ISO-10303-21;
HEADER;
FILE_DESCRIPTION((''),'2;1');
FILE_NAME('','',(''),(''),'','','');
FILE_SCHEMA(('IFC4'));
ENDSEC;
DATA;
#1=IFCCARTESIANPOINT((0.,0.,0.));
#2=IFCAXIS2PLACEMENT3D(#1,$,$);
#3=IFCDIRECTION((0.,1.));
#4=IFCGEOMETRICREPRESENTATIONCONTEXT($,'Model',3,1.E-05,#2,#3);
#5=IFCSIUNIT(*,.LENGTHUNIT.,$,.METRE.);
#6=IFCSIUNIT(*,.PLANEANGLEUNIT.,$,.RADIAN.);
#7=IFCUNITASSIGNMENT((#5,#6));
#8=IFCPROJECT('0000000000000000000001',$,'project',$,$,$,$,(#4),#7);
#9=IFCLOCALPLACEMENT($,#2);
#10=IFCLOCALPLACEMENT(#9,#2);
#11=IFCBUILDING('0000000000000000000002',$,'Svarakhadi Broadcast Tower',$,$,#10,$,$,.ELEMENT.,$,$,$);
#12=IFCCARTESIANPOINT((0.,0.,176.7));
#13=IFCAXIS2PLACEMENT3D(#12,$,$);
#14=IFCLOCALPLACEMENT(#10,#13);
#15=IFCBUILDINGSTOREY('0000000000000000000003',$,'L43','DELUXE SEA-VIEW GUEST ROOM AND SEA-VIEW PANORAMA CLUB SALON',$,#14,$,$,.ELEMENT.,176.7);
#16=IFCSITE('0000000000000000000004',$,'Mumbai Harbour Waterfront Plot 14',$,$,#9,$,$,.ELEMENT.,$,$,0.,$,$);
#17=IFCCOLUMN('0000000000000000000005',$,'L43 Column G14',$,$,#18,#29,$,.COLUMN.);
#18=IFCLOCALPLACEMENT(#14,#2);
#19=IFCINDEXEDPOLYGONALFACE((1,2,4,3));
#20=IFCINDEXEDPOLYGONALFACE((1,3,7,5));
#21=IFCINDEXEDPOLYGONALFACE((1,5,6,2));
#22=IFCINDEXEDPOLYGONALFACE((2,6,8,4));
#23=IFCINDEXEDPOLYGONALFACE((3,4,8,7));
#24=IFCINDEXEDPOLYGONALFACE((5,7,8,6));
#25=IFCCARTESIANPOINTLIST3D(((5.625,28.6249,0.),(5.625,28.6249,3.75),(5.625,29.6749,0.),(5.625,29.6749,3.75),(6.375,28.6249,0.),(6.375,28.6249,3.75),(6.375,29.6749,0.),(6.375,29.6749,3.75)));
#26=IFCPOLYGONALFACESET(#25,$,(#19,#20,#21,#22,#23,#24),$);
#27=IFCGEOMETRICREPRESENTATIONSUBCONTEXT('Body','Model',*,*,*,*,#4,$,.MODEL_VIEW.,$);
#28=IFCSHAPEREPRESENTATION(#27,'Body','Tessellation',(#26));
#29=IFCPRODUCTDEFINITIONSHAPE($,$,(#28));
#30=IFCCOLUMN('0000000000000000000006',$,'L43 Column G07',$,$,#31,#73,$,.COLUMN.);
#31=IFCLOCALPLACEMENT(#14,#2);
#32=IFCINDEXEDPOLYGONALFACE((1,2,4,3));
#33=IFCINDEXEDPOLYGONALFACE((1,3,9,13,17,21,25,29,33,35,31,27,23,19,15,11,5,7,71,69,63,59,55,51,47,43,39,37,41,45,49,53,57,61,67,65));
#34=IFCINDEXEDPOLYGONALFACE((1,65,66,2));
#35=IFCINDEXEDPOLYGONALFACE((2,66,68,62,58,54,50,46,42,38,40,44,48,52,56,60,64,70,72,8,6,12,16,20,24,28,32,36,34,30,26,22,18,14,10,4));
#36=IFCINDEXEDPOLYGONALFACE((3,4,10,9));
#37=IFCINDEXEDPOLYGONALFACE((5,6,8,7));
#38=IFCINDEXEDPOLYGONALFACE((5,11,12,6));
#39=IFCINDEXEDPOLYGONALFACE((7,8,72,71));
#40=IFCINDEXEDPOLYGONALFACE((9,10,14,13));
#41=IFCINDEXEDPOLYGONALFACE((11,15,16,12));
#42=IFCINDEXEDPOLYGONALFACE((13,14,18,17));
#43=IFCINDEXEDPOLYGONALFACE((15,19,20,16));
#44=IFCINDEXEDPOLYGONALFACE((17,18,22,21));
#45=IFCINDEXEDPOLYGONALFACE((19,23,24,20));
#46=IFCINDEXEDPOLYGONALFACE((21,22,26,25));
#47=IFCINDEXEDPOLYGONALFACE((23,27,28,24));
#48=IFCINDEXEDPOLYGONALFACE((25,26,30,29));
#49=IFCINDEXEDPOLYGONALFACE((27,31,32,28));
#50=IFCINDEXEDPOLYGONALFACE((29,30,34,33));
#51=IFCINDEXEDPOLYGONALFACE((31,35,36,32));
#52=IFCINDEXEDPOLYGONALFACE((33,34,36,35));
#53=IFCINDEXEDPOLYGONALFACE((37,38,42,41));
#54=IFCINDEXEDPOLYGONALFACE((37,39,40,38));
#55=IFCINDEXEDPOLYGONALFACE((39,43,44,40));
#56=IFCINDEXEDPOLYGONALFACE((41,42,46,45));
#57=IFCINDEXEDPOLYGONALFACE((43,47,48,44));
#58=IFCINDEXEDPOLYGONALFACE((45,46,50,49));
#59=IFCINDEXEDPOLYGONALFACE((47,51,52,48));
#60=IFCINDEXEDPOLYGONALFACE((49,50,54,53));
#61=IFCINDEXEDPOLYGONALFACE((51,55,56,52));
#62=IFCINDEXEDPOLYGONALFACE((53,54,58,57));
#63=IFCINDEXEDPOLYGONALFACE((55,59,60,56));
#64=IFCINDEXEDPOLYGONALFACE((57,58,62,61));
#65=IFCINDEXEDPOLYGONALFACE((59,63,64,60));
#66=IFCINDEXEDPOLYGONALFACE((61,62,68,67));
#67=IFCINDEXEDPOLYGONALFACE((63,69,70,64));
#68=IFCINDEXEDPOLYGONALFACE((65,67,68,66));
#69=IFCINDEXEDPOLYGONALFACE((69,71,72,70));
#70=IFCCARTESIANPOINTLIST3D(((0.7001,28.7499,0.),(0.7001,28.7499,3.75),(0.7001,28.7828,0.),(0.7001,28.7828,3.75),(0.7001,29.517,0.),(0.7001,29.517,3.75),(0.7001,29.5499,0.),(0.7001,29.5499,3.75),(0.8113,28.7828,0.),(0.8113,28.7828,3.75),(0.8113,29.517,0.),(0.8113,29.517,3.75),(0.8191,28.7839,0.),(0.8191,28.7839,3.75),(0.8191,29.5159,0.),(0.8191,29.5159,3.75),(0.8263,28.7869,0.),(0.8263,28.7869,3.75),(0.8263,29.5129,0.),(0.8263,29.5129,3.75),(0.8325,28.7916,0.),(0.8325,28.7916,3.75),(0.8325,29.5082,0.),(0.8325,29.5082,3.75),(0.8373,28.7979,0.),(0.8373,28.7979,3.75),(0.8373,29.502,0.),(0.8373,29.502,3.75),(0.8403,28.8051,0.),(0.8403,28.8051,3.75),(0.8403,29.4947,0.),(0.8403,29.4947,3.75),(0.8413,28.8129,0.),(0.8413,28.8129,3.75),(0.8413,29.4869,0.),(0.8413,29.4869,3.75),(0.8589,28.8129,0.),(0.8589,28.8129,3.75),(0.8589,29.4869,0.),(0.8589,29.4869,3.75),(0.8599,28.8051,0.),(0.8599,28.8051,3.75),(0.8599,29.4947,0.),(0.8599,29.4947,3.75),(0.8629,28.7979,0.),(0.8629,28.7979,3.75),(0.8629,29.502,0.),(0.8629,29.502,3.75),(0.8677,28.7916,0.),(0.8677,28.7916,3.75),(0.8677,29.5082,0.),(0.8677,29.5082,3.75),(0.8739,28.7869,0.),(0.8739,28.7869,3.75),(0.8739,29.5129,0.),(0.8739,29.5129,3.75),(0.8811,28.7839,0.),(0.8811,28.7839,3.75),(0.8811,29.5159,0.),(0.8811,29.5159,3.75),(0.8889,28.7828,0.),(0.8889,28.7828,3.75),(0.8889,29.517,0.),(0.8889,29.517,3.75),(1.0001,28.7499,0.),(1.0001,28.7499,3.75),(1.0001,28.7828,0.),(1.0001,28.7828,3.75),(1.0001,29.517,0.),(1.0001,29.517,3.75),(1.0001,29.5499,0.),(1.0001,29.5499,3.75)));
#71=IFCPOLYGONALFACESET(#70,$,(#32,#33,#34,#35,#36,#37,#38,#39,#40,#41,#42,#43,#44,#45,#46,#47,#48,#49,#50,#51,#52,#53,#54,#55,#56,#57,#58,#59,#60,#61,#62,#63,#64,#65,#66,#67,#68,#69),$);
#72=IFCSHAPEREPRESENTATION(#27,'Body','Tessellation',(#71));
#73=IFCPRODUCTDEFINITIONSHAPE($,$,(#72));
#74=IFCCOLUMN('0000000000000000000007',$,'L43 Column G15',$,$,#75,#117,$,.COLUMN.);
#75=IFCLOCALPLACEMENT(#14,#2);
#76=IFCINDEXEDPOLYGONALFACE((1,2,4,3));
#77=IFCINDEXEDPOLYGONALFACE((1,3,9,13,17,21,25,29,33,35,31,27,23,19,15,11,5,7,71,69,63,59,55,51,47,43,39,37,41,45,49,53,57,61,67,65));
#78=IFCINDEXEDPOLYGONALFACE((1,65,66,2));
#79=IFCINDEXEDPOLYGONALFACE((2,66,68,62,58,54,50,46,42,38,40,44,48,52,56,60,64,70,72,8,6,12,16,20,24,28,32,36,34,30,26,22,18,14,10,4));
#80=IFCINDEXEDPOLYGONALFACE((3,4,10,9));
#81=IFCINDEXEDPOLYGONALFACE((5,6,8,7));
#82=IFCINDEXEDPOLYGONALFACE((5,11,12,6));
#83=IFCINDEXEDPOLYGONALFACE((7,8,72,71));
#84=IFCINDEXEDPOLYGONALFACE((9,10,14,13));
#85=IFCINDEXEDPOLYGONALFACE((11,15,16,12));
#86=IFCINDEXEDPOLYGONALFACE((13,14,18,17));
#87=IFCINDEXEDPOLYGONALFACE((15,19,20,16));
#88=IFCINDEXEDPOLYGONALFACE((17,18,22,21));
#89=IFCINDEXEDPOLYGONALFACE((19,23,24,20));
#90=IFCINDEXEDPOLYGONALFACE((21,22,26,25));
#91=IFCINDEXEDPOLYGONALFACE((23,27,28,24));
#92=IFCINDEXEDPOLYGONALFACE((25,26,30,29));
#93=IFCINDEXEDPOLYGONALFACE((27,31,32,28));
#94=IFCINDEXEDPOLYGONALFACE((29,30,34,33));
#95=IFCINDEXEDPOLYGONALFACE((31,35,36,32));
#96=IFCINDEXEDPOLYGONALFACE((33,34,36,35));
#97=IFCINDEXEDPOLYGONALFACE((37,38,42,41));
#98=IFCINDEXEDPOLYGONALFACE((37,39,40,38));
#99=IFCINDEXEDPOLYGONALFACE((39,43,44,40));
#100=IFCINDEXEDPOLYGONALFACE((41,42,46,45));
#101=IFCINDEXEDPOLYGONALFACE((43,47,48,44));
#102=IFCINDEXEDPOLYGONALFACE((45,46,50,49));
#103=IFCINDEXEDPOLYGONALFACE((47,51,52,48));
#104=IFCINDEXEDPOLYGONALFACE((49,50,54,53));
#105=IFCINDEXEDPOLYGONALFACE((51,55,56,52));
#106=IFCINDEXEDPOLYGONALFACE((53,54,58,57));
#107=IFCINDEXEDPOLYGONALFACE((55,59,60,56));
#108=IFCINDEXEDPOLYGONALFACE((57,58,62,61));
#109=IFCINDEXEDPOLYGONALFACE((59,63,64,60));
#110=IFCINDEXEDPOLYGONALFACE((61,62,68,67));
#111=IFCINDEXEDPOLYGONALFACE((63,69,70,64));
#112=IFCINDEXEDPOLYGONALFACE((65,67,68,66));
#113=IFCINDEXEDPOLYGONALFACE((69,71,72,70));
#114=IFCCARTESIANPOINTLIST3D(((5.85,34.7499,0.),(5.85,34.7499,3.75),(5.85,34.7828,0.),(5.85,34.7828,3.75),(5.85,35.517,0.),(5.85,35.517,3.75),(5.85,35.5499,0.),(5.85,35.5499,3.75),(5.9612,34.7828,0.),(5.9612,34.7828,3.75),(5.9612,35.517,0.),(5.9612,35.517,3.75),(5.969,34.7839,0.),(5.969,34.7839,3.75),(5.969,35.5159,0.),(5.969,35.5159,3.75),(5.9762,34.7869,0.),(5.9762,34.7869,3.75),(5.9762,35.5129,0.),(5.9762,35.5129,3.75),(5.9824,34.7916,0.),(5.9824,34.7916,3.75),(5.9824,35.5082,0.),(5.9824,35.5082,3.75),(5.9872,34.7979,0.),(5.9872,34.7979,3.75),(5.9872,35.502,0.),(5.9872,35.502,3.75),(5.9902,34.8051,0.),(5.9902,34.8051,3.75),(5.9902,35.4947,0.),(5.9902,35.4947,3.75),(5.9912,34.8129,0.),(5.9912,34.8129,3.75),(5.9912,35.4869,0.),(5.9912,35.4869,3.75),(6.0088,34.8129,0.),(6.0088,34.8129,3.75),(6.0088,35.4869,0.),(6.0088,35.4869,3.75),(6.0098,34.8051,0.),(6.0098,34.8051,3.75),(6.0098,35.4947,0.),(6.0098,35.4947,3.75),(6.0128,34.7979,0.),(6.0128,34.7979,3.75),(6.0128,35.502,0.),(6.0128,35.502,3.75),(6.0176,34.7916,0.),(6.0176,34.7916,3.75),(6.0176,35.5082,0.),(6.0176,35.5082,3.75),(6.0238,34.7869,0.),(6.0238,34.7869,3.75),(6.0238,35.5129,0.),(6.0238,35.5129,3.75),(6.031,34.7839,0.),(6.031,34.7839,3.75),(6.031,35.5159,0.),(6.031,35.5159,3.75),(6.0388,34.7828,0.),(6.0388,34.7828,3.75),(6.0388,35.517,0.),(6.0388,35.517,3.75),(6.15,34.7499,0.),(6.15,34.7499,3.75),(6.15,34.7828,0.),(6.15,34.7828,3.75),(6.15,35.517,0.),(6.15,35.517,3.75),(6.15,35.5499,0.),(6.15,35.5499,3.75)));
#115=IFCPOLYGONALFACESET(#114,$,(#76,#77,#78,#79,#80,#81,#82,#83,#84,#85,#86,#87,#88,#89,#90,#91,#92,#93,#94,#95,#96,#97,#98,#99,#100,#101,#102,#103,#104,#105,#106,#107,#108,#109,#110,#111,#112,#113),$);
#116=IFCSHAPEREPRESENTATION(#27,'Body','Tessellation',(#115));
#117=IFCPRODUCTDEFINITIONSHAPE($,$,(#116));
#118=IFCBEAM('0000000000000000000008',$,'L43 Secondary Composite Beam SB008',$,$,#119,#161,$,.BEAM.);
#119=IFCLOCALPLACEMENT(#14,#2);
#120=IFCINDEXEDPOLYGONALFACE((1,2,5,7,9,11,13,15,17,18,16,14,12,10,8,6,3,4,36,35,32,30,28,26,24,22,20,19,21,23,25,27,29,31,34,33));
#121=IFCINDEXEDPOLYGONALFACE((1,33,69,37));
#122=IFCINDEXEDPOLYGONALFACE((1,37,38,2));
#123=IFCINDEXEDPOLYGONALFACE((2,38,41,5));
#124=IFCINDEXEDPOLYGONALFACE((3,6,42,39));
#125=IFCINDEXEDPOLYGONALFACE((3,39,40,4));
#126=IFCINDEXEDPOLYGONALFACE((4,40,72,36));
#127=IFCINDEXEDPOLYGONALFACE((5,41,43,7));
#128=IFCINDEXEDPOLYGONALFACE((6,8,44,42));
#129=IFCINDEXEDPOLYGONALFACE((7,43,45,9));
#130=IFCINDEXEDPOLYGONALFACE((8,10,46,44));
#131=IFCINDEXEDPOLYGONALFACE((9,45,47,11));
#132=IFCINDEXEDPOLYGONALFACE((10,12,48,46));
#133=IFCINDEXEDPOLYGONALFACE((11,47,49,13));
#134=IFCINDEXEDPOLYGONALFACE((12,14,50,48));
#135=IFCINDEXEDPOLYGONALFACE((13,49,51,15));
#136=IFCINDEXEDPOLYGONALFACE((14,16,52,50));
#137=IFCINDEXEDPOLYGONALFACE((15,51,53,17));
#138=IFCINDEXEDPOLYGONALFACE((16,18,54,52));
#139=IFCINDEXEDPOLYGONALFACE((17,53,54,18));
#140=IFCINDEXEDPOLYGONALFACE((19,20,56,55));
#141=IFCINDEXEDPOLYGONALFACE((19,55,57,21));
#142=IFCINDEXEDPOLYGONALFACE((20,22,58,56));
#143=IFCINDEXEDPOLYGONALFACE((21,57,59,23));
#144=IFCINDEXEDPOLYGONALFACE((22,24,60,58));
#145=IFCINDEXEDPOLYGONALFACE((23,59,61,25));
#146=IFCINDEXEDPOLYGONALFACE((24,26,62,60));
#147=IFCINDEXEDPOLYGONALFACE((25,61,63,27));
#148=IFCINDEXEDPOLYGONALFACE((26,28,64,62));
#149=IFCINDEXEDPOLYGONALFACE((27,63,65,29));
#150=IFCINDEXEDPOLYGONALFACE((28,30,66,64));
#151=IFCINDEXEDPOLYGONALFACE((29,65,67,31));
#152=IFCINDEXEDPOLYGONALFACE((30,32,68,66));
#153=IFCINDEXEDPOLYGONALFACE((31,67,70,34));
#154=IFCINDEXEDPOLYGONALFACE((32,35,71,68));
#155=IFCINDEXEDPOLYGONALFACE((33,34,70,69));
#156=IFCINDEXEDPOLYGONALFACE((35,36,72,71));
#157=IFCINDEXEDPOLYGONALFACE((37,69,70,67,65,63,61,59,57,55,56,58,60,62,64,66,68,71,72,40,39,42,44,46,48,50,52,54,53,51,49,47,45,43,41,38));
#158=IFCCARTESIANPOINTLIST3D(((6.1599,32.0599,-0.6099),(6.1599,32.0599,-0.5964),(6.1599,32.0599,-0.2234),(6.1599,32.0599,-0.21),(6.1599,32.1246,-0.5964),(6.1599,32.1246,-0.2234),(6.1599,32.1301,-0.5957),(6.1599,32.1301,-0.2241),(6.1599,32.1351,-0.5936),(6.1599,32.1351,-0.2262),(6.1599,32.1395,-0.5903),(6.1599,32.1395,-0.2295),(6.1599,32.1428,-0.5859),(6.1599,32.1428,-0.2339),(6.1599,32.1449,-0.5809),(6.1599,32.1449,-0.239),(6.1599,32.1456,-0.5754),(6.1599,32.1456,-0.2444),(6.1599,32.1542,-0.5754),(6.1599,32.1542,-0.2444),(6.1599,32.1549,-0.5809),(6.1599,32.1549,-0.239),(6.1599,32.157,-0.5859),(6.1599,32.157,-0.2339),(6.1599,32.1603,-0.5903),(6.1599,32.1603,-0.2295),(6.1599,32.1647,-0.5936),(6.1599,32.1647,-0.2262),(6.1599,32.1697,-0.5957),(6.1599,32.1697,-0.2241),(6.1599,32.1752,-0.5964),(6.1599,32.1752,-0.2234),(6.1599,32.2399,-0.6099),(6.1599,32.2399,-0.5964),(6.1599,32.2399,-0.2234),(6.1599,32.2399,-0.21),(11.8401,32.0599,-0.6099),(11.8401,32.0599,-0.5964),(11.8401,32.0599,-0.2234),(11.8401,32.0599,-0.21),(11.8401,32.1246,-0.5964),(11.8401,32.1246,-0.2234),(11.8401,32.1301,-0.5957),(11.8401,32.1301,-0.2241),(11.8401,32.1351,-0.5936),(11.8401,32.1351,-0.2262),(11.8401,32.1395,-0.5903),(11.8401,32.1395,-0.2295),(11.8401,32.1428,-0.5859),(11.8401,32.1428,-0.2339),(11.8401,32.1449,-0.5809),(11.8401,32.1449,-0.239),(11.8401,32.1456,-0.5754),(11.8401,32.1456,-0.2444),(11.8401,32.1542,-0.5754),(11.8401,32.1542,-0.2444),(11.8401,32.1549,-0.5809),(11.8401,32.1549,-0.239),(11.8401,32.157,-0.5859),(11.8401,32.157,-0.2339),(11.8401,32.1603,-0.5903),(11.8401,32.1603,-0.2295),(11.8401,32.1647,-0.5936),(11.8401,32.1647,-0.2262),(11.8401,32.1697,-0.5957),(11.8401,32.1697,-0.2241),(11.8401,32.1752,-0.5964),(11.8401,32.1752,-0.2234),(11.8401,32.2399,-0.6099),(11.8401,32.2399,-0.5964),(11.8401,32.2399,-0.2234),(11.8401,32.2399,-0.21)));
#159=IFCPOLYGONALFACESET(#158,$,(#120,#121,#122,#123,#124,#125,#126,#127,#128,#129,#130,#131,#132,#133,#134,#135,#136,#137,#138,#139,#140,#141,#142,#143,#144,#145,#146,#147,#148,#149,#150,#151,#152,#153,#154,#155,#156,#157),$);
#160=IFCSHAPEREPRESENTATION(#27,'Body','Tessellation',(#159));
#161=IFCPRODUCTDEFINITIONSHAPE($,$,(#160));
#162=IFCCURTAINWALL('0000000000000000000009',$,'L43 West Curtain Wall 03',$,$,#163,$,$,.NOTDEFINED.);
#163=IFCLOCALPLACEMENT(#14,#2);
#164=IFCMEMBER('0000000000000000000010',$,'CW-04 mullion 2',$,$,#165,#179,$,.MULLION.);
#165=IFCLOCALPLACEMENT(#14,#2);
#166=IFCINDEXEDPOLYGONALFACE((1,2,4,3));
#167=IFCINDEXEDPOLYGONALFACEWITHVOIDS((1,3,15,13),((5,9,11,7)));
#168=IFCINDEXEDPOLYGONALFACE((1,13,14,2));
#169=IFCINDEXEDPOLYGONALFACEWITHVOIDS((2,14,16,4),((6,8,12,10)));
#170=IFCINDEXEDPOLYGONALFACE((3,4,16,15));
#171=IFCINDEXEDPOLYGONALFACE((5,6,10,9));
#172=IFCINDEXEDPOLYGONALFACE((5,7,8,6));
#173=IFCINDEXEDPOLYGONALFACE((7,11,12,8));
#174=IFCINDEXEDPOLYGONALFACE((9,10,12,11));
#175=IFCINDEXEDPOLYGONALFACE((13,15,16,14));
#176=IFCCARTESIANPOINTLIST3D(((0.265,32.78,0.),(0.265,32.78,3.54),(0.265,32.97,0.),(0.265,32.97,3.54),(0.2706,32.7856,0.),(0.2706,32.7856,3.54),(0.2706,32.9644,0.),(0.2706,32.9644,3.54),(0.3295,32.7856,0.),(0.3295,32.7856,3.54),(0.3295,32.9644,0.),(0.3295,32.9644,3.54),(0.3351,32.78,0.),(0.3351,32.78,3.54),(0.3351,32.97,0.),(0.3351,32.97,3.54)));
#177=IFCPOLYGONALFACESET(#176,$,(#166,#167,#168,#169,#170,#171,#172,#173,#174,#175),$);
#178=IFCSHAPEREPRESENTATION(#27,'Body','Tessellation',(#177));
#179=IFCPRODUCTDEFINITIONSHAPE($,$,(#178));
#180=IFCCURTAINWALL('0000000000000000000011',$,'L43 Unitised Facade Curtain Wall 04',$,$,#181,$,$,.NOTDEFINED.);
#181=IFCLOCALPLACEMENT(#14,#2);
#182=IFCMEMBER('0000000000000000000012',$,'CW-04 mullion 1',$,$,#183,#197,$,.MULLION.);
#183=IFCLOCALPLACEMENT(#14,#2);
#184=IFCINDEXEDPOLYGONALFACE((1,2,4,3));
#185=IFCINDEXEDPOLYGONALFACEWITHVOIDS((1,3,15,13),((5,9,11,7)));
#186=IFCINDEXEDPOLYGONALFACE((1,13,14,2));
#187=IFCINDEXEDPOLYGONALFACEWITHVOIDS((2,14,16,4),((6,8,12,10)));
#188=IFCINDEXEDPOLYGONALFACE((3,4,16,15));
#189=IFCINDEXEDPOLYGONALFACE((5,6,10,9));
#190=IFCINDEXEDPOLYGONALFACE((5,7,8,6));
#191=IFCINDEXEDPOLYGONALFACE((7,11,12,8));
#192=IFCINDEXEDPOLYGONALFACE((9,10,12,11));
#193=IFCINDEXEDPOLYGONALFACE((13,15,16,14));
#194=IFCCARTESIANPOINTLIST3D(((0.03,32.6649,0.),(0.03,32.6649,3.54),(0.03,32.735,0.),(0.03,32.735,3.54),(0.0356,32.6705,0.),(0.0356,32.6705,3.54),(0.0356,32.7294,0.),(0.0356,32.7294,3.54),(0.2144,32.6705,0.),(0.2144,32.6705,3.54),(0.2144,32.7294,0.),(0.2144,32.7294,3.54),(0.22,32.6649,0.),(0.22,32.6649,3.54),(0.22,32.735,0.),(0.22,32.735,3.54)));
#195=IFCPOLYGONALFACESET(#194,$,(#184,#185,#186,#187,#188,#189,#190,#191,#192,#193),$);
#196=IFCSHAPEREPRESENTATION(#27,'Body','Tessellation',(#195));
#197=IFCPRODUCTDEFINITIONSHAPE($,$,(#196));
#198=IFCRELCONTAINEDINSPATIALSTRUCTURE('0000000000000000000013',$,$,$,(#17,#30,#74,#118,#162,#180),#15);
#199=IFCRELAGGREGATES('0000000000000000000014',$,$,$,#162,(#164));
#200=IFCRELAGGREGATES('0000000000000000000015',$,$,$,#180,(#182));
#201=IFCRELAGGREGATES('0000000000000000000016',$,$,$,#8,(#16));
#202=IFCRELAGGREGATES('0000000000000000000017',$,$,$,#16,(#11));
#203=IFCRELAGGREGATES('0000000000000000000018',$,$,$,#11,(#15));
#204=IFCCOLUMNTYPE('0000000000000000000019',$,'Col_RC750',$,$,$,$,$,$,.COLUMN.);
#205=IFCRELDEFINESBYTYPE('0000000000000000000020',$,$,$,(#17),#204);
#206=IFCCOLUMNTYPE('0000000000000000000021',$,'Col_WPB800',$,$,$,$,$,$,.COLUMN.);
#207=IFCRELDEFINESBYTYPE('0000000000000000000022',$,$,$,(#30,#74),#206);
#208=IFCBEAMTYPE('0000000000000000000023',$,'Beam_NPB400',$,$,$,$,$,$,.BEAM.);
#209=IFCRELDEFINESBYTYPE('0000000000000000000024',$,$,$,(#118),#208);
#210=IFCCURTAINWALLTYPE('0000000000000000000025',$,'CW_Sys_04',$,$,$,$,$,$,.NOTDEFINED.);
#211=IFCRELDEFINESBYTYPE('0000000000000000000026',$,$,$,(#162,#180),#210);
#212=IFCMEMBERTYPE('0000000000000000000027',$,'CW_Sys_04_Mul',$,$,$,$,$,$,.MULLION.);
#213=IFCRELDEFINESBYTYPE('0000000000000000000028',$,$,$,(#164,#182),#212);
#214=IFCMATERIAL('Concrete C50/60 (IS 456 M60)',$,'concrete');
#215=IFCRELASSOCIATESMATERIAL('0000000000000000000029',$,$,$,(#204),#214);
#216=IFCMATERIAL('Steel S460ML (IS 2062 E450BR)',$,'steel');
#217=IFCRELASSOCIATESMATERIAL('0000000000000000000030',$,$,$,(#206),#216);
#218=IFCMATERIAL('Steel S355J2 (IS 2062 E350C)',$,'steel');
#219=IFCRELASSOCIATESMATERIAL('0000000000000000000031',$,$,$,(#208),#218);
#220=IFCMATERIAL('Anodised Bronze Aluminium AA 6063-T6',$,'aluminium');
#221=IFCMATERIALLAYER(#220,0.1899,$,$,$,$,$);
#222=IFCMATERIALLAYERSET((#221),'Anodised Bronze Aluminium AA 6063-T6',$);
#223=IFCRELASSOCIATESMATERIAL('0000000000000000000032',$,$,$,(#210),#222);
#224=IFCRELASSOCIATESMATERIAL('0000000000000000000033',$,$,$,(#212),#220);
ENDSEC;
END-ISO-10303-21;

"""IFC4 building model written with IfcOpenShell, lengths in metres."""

from ifc_helpers import new_model, si_unit, direction, frame, origin, origin_2d, place, context, subcontext, project, spatial, rectangle, hollow_rectangle, i_section, extrude, material, layer, layer_set, material_profile, profile_set, type_object, element, aggregate, save


model = new_model("IFC4")

# Units and contexts
model_context = context("Model", 3, precision=1e-05, world=origin(), true_north=direction((0.0, 1.0)))
body_context = subcontext(model_context, "Body", "Model", "MODEL_VIEW")
ifc_project = project(units=[si_unit("LENGTHUNIT", "METRE"), si_unit("PLANEANGLEUNIT", "RADIAN")], contexts=[model_context])

# Site, building, storey
site_placement = place(None, origin())
site = spatial("IfcSite", under=ifc_project, at=site_placement, Name="Mumbai Harbour Waterfront Plot 14", CompositionType="ELEMENT", RefElevation=0.0)
building_placement = place(site_placement, origin())
building = spatial("IfcBuilding", under=site, at=building_placement, Name="Svarakhadi Broadcast Tower", CompositionType="ELEMENT")
storey_placement = place(building_placement, frame((0.0, 0.0, 176.7)))
storey = spatial("IfcBuildingStorey", under=building, at=storey_placement, Name="L43", Description="DELUXE SEA-VIEW GUEST ROOM AND SEA-VIEW PANORAMA CLUB SALON", CompositionType="ELEMENT", Elevation=176.7)

# Columns
ifc_material_1 = material(Name="Concrete C50/60 (IS 456 M60)", Category="concrete")
ifc_material_profile_1 = material_profile(ifc_material_1, rectangle(XDim=0.75, YDim=1.05, at=origin_2d()), Name="RC 750x1050")
ifc_profile_set_1 = profile_set([ifc_material_profile_1], Name="Concrete C50/60 (IS 456 M60)")
column_type_1 = type_object("IfcColumnType", Name="Col_RC750", PredefinedType="COLUMN", material=ifc_profile_set_1)
column_placement = place(storey_placement, frame((6.0, 29.1499, 0.0), z_axis=(0.0, 0.0, 1.0), x_axis=(1.0, 0.0, 0.0)))
element("IfcColumn", 1, at=column_placement, inside=storey, type_object=column_type_1, Name="L43 Column G14", PredefinedType="COLUMN", context=body_context, shape_type="SweptSolid", body=[
    extrude(rectangle(XDim=0.75, YDim=1.05, at=origin_2d()), origin(), (0.0, 0.0, 1.0), 3.75),
])
ifc_material_2 = material(Name="Steel S460ML (IS 2062 E450BR)", Category="steel")
ifc_material_profile_2 = material_profile(ifc_material_2, i_section(OverallWidth=0.3, OverallDepth=0.8, WebThickness=0.0176, FlangeThickness=0.033, FilletRadius=0.03, at=origin_2d()), Name="WPB 800x300x262")
ifc_profile_set_2 = profile_set([ifc_material_profile_2], Name="Steel S460ML (IS 2062 E450BR)")
column_type_2 = type_object("IfcColumnType", Name="Col_WPB800", PredefinedType="COLUMN", material=ifc_profile_set_2)
for number, where, z_axis, x_axis, name in (
    (2, (0.8501, 29.1499, 0.0), (0.0, 0.0, 1.0), (1.0, 0.0, 0.0), "L43 Column G07"),
    (3, (6.0, 35.1499, 0.0), (0.0, 0.0, 1.0), (1.0, 0.0, 0.0), "L43 Column G15"),
):
    element("IfcColumn", number, at=place(storey_placement, frame(where, z_axis=z_axis, x_axis=x_axis)), inside=storey, type_object=column_type_2, Name=name, PredefinedType="COLUMN", context=body_context, shape_type="SweptSolid", body=[
        extrude(i_section(OverallWidth=0.3, OverallDepth=0.8, WebThickness=0.0176, FlangeThickness=0.033, FilletRadius=0.03, at=origin_2d()), origin(), (0.0, 0.0, 1.0), 3.75),
    ])

# Beam
ifc_material_3 = material(Name="Steel S355J2 (IS 2062 E350C)", Category="steel")
ifc_material_profile_3 = material_profile(ifc_material_3, i_section(OverallWidth=0.1799, OverallDepth=0.3999, WebThickness=0.0085, FlangeThickness=0.0134, FilletRadius=0.021, at=origin_2d()), Name="NPB 400x180x66")
ifc_profile_set_3 = profile_set([ifc_material_profile_3], Name="Steel S355J2 (IS 2062 E350C)")
beam_type_1 = type_object("IfcBeamType", Name="Beam_NPB400", PredefinedType="BEAM", material=ifc_profile_set_3)
beam_1_placement = place(storey_placement, frame((6.1599, 32.1499, -0.4099), z_axis=(1.0, 0.0, 0.0), x_axis=(0.0, 1.0, 0.0)))
element("IfcBeam", 4, at=beam_1_placement, inside=storey, type_object=beam_type_1, Name="L43 Secondary Composite Beam SB008", PredefinedType="BEAM", context=body_context, shape_type="SweptSolid", body=[
    extrude(i_section(OverallWidth=0.1799, OverallDepth=0.3999, WebThickness=0.0085, FlangeThickness=0.0134, FilletRadius=0.021, at=origin_2d()), origin(), (0.0, 0.0, 1.0), 5.6802),
])

# Curtain wall, member
ifc_material_4 = material(Name="Anodised Bronze Aluminium AA 6063-T6", Category="aluminium")
ifc_layer_1 = layer(ifc_material_4, 0.1899)
ifc_layer_set_1 = layer_set([ifc_layer_1], Name="Anodised Bronze Aluminium AA 6063-T6")
curtain_wall_type = type_object("IfcCurtainWallType", Name="CW_Sys_04", PredefinedType="NOTDEFINED", material=ifc_layer_set_1)
curtain_wall_1_placement = place(storey_placement, origin())
curtain_wall_1 = element("IfcCurtainWall", 5, at=curtain_wall_1_placement, inside=storey, type_object=curtain_wall_type, Name="L43 West Curtain Wall 03", PredefinedType="NOTDEFINED")
ifc_material_profile_4 = material_profile(ifc_material_4, hollow_rectangle(XDim=0.0701, YDim=0.1899, WallThickness=0.0056, at=origin_2d()), Name="ALU MULLION 190x70x6")
ifc_profile_set_4 = profile_set([ifc_material_profile_4], Name="Anodised Bronze Aluminium AA 6063-T6")
member_type_1 = type_object("IfcMemberType", Name="CW_Sys_04_Mul", PredefinedType="MULLION", material=ifc_profile_set_4)
member_1_placement = place(storey_placement, frame((0.3, 32.875, 0.0), z_axis=(0.0, 0.0, 1.0), x_axis=(-1.0, 0.0, 0.0)))
member_1 = element("IfcMember", 6, at=member_1_placement, type_object=member_type_1, Name="CW-04 mullion 2", PredefinedType="MULLION", context=body_context, shape_type="SweptSolid", body=[
    extrude(hollow_rectangle(XDim=0.0701, YDim=0.1899, WallThickness=0.0056, at=origin_2d()), origin(), (0.0, 0.0, 1.0), 3.54),
])
aggregate(curtain_wall_1, [member_1])

# Curtain wall, member
curtain_wall_2_placement = place(storey_placement, origin())
curtain_wall_2 = element("IfcCurtainWall", 7, at=curtain_wall_2_placement, inside=storey, type_object=curtain_wall_type, Name="L43 Unitised Facade Curtain Wall 04", PredefinedType="NOTDEFINED")
member_2_placement = place(storey_placement, frame((0.125, 32.7, 0.0), z_axis=(0.0, 0.0, 1.0), x_axis=(0.0, 1.0, 0.0)))
member_2 = element("IfcMember", 8, at=member_2_placement, type_object=member_type_1, Name="CW-04 mullion 1", PredefinedType="MULLION", context=body_context, shape_type="SweptSolid", body=[
    extrude(hollow_rectangle(XDim=0.0701, YDim=0.1899, WallThickness=0.0056, at=origin_2d()), origin(), (0.0, 0.0, 1.0), 3.54),
])

aggregate(curtain_wall_2, [member_2])

save(model, "model.ifc")
